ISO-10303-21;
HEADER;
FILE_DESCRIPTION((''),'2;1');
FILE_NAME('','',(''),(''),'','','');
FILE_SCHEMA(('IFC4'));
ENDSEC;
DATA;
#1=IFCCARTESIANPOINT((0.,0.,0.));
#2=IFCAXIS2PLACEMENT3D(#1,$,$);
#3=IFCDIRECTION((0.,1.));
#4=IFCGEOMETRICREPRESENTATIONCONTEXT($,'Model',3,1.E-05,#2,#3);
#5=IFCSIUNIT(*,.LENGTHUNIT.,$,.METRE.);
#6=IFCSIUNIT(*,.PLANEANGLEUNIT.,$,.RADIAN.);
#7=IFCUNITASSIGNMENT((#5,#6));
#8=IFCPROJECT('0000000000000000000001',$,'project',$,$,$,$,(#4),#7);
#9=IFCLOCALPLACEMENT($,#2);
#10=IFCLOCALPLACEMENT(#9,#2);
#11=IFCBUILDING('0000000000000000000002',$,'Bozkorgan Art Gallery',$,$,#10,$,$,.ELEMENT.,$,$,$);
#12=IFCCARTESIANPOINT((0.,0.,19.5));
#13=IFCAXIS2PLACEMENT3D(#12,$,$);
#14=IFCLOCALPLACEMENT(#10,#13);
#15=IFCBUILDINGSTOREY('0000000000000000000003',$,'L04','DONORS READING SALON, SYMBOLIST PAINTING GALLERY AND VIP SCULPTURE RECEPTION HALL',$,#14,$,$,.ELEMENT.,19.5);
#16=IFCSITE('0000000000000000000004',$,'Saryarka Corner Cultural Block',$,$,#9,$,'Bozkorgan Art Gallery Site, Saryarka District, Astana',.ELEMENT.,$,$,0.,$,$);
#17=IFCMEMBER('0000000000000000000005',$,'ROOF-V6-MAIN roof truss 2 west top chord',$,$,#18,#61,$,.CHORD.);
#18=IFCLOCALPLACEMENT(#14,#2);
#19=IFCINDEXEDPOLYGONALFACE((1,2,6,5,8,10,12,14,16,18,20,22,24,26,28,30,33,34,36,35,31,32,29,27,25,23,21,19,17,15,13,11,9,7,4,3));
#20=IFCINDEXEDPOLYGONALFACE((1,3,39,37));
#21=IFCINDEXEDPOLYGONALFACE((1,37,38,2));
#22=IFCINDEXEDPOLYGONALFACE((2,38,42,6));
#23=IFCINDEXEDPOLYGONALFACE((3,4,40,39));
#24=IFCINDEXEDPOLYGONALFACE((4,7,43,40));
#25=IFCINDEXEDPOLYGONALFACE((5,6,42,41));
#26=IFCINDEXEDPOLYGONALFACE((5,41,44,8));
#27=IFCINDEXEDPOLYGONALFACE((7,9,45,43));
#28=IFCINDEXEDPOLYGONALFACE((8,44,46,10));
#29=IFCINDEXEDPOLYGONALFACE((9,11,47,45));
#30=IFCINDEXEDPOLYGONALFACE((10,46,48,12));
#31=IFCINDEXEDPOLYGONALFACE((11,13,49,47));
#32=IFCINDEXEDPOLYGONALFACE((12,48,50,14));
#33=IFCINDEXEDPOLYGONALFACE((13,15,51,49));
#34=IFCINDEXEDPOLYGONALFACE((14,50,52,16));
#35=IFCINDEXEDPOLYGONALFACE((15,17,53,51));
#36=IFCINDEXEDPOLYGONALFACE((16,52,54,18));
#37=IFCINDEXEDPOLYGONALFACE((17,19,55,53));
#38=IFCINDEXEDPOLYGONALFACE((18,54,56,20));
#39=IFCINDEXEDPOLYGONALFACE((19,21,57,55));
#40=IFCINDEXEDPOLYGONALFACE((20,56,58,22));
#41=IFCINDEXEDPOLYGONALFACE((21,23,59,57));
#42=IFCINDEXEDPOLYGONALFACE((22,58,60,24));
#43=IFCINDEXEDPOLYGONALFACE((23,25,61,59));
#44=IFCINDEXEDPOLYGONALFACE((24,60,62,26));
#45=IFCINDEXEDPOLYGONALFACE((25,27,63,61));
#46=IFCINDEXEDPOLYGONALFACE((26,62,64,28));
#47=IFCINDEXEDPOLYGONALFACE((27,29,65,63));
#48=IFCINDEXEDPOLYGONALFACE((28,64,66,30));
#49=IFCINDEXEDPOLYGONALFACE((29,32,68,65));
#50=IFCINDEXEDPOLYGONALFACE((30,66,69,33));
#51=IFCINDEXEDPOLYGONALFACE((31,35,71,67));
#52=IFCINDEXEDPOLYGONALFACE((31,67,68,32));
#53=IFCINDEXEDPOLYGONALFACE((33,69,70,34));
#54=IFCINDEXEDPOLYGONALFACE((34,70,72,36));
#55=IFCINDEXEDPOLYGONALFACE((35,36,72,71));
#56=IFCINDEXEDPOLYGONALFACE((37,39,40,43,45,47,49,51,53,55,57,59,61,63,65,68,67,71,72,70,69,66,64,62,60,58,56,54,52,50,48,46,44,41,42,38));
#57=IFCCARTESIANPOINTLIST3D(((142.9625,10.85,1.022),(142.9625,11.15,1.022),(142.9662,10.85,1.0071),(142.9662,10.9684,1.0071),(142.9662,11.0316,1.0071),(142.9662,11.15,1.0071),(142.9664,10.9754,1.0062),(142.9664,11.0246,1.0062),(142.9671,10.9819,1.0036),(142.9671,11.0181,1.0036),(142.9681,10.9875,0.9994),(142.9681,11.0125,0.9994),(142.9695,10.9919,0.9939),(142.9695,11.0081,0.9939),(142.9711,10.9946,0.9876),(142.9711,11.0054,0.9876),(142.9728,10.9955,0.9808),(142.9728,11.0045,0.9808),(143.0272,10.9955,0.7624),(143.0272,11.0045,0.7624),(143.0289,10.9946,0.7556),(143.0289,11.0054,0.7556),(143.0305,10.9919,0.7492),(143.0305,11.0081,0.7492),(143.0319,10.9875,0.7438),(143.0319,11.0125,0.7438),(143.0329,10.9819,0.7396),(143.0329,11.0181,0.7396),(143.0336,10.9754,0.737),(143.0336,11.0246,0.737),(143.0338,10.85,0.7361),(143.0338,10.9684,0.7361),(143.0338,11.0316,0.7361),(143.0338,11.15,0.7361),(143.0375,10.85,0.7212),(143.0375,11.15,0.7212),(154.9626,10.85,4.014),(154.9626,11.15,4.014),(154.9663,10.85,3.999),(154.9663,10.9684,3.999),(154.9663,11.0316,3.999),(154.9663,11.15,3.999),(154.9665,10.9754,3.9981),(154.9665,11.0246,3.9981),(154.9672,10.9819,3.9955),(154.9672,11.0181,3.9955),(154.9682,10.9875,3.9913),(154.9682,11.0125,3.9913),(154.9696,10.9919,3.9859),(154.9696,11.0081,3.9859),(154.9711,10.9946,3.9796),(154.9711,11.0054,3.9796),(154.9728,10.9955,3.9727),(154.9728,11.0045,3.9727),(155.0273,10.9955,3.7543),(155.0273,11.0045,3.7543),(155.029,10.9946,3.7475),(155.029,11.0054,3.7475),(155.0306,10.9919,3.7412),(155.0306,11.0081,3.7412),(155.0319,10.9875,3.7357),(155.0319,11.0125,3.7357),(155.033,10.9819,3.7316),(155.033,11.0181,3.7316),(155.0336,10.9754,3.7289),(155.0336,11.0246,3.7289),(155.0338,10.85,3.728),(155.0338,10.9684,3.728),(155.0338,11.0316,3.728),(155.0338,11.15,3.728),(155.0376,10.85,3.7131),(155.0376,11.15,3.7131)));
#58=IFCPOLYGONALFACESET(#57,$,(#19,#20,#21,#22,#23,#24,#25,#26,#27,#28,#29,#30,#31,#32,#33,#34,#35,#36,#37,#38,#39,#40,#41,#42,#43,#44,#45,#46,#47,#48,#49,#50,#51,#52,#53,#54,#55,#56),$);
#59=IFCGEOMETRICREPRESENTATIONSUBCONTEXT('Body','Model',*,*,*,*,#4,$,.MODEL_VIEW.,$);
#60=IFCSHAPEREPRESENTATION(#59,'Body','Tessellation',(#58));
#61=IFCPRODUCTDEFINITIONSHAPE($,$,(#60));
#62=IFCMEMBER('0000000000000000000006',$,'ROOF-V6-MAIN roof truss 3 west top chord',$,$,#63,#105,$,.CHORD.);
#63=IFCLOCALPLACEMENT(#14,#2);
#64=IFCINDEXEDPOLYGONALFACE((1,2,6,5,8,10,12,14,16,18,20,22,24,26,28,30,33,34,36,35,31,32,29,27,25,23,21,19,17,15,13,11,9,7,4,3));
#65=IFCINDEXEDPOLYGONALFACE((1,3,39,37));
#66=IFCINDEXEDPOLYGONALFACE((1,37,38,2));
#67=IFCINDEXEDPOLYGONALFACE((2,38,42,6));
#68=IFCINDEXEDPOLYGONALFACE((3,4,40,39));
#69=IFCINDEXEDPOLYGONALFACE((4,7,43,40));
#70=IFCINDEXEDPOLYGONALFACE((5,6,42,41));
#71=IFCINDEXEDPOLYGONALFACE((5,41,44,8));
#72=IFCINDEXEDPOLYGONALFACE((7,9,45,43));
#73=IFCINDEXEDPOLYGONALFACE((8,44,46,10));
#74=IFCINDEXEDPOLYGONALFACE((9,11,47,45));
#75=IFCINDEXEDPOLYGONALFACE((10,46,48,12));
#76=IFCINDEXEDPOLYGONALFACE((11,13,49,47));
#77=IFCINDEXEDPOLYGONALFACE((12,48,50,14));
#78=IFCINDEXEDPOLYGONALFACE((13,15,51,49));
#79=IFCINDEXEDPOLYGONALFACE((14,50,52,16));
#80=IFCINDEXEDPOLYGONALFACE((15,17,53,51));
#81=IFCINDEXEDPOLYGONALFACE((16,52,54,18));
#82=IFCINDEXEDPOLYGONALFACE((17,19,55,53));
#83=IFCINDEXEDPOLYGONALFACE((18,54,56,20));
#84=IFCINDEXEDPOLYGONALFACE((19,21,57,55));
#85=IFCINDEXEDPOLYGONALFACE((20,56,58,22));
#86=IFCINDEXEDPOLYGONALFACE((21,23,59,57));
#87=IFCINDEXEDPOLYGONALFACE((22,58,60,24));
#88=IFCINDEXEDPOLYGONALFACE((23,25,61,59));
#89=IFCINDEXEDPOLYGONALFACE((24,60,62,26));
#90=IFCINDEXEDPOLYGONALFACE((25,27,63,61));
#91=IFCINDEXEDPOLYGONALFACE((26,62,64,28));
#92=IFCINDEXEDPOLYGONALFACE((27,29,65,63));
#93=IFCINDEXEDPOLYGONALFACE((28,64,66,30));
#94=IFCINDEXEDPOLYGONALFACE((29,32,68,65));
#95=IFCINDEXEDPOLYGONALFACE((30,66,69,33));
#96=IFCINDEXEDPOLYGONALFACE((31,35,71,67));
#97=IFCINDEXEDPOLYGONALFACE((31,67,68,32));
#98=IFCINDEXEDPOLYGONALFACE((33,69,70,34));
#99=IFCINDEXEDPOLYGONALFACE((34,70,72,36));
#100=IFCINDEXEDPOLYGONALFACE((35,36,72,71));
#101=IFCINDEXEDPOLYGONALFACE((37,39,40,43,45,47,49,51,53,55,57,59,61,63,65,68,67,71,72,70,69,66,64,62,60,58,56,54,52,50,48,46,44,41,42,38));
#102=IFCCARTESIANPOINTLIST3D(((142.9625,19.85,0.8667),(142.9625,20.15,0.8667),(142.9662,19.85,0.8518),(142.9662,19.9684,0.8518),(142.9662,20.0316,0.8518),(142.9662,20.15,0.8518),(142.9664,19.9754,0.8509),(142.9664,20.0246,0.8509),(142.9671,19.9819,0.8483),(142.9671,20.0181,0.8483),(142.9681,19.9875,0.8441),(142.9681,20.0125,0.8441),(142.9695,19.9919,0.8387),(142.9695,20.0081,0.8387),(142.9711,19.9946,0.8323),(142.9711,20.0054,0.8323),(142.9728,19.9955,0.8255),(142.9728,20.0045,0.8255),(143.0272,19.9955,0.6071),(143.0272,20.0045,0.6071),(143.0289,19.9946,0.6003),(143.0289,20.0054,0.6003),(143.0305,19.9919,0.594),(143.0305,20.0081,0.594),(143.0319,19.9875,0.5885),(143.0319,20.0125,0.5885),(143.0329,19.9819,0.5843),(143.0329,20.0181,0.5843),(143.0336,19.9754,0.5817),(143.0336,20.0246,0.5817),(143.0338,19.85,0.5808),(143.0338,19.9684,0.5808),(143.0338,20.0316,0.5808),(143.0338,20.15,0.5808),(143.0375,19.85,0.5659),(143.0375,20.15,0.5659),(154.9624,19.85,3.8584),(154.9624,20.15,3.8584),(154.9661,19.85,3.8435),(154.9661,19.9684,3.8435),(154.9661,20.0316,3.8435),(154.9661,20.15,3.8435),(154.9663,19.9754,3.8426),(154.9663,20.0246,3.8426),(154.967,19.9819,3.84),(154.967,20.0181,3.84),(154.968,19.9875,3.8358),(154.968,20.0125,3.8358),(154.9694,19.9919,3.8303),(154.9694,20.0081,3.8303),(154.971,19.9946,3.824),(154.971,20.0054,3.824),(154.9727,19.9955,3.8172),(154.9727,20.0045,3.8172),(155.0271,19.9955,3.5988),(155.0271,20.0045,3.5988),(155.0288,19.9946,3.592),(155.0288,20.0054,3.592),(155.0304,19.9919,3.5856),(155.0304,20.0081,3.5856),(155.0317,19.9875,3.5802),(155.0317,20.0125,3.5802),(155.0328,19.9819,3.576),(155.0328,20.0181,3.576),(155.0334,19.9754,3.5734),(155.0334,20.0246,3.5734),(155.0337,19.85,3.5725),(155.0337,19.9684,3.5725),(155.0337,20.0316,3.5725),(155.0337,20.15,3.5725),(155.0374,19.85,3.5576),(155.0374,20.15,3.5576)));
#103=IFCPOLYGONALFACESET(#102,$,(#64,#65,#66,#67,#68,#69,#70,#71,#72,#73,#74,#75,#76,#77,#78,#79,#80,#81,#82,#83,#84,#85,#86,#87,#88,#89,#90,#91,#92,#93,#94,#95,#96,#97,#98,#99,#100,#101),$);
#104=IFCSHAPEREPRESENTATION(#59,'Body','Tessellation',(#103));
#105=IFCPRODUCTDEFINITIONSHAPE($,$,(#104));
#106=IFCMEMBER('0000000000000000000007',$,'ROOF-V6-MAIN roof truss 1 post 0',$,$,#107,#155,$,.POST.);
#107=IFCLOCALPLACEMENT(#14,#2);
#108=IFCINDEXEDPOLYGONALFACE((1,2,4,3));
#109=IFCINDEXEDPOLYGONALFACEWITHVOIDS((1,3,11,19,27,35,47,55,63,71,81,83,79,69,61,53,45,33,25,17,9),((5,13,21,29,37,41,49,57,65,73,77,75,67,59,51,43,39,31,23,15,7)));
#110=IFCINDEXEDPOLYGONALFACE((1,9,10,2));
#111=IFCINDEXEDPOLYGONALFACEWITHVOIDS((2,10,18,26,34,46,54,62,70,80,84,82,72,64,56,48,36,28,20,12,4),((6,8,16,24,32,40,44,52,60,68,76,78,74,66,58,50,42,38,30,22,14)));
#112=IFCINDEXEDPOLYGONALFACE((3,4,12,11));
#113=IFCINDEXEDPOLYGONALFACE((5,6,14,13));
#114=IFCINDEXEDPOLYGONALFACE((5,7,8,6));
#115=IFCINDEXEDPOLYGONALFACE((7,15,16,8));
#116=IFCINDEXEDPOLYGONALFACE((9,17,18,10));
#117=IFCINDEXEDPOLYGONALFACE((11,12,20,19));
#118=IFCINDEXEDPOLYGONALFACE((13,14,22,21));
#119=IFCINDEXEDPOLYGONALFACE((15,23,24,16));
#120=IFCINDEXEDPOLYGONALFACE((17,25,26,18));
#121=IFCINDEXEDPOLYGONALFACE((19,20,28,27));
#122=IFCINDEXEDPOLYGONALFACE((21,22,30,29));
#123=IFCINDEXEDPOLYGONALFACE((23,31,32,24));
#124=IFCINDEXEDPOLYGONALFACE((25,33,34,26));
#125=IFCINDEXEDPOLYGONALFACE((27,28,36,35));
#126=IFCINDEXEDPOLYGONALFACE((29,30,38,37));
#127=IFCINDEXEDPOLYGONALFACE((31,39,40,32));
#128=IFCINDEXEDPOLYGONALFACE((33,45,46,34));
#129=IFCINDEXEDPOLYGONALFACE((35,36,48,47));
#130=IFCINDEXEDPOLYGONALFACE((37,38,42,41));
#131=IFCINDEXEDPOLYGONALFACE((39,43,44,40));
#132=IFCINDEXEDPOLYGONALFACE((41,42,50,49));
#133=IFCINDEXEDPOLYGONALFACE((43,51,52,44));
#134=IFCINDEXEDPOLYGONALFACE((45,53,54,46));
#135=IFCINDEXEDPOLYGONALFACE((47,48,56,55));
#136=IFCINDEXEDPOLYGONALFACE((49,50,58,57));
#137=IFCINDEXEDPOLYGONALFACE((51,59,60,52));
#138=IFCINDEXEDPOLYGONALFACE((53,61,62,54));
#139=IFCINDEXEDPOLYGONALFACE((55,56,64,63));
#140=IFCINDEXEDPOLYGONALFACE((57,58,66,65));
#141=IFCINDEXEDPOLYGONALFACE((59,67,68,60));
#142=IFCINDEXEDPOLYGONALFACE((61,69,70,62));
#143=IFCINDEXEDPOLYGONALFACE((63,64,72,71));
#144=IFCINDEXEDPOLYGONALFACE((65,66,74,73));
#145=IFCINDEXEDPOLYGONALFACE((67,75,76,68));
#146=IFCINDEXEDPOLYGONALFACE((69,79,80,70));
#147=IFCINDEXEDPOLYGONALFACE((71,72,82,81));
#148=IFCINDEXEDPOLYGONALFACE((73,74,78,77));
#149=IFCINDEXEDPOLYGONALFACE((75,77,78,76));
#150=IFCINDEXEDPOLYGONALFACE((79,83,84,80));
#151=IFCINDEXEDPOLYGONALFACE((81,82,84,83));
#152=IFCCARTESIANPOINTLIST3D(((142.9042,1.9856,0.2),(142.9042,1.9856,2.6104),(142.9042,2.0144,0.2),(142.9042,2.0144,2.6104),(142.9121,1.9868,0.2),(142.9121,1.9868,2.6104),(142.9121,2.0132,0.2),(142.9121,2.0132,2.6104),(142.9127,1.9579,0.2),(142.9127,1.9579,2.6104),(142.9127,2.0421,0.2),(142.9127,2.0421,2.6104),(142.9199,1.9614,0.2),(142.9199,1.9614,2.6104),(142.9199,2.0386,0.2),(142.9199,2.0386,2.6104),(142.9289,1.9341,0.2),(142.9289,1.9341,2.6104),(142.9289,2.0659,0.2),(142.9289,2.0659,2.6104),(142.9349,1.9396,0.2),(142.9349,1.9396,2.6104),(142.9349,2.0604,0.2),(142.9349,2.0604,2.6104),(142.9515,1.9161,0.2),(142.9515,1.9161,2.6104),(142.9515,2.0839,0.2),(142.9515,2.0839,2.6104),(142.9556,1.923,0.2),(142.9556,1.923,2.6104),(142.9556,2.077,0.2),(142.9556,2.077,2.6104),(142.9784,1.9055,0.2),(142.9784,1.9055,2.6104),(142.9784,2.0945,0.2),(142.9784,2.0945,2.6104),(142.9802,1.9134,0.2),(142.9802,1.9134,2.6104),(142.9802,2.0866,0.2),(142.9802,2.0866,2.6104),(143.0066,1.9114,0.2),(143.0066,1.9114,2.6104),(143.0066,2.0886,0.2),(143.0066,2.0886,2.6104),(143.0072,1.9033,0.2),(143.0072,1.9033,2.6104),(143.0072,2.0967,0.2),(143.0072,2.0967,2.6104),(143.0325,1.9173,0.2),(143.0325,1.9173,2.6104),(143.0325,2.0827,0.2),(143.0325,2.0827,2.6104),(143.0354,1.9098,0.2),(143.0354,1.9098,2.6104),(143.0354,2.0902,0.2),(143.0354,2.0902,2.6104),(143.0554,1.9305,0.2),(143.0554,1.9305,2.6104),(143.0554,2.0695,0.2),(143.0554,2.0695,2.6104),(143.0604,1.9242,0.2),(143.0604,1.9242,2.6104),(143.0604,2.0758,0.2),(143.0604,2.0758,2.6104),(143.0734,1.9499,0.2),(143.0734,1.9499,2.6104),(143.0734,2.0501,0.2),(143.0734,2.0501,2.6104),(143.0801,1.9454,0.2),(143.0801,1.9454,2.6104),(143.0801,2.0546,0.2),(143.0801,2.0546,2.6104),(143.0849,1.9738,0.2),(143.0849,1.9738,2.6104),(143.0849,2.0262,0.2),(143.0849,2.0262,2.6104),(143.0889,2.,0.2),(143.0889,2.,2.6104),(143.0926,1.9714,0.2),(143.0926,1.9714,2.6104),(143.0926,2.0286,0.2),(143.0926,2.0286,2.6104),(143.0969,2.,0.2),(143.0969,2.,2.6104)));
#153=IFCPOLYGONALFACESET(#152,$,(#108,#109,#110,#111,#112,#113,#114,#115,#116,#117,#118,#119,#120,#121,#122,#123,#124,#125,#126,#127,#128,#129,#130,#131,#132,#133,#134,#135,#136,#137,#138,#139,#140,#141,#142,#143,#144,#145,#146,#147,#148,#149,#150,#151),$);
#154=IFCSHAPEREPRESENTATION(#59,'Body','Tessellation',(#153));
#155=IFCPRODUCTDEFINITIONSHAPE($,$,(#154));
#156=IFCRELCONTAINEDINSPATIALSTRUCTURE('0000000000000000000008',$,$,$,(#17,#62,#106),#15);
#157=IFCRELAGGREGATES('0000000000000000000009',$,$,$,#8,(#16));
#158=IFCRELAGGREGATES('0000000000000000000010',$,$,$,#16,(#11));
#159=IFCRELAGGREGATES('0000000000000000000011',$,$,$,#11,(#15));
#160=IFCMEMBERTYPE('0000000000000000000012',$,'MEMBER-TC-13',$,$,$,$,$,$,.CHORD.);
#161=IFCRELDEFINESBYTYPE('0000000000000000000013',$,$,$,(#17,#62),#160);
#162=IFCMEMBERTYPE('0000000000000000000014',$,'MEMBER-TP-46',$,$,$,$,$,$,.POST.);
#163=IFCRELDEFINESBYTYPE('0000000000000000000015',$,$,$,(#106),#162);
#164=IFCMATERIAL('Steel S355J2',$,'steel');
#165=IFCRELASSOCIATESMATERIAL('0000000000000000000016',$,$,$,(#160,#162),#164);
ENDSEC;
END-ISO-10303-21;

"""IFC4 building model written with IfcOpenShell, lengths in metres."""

from ifc_helpers import new_model, si_unit, direction, frame, origin, origin_2d, place, context, subcontext, project, spatial, hollow_circle, i_section, extrude, material, material_profile, profile_set, type_object, element, save


model = new_model("IFC4")

# Units and contexts
model_context = context("Model", 3, precision=1e-05, world=origin(), true_north=direction((0.0, 1.0)))
body_context = subcontext(model_context, "Body", "Model", "MODEL_VIEW")
ifc_project = project(units=[si_unit("LENGTHUNIT", "METRE"), si_unit("PLANEANGLEUNIT", "RADIAN")], contexts=[model_context])

# Site, building, storey
site_placement = place(None, origin())
site = spatial("IfcSite", under=ifc_project, at=site_placement, Name="Saryarka Corner Cultural Block", LongName="Bozkorgan Art Gallery Site, Saryarka District, Astana", CompositionType="ELEMENT", RefElevation=0.0)
building_placement = place(site_placement, origin())
building = spatial("IfcBuilding", under=site, at=building_placement, Name="Bozkorgan Art Gallery", CompositionType="ELEMENT")
storey_placement = place(building_placement, frame((0.0, 0.0, 19.5)))
storey = spatial("IfcBuildingStorey", under=building, at=storey_placement, Name="L04", Description="DONORS READING SALON, SYMBOLIST PAINTING GALLERY AND VIP SCULPTURE RECEPTION HALL", CompositionType="ELEMENT", Elevation=19.5)

# Shared definitions
ifc_material_1 = material(Name="Steel S355J2", Category="steel")

# Members
ifc_material_profile_1 = material_profile(ifc_material_1, i_section(OverallWidth=0.3, OverallDepth=0.3101, WebThickness=0.009, FlangeThickness=0.0154, FilletRadius=0.0271, at=origin_2d()), Name="HEA 320")
ifc_profile_set_1 = profile_set([ifc_material_profile_1], Name="Steel S355J2")
member_type_1 = type_object("IfcMemberType", Name="MEMBER-TC-13", PredefinedType="CHORD", material=ifc_profile_set_1)
for number, where, z_axis, x_axis, name in (
    (1, (143.0, 11.0, 0.8716), (0.970296, 0.0, 0.241922), (0.0, 1.0, 0.0), "ROOF-V6-MAIN roof truss 2 west top chord"),
):
    element("IfcMember", number, at=place(storey_placement, frame(where, z_axis=z_axis, x_axis=x_axis)), inside=storey, type_object=member_type_1, Name=name, PredefinedType="CHORD", context=body_context, shape_type="SweptSolid", body=[
        extrude(i_section(OverallWidth=0.3, OverallDepth=0.3101, WebThickness=0.009, FlangeThickness=0.0154, FilletRadius=0.0271, at=origin_2d()), origin(), (0.0, 0.0, 1.0), 12.3674),
    ])
member_1_placement = place(storey_placement, frame((143.0, 20.0, 0.7163), z_axis=(0.9703, 0.0, 0.241904), x_axis=(0.0, 1.0, 0.0)))
element("IfcMember", 2, at=member_1_placement, inside=storey, type_object=member_type_1, Name="ROOF-V6-MAIN roof truss 3 west top chord", PredefinedType="CHORD", context=body_context, shape_type="SweptSolid", body=[
    extrude(i_section(OverallWidth=0.3, OverallDepth=0.3101, WebThickness=0.009, FlangeThickness=0.0154, FilletRadius=0.0271, at=origin_2d()), origin(), (0.0, 0.0, 1.0), 12.3672),
])
ifc_material_profile_2 = material_profile(ifc_material_1, hollow_circle(Radius=0.0969, WallThickness=0.0081, at=origin_2d()), Name="CHS 193.7x8")
ifc_profile_set_2 = profile_set([ifc_material_profile_2], Name="Steel S355J2")
member_type_2 = type_object("IfcMemberType", Name="MEMBER-TP-46", PredefinedType="POST", material=ifc_profile_set_2)
member_2_placement = place(storey_placement, frame((143.0, 2.0, 0.2), z_axis=(0.0, 0.0, 1.0), x_axis=(1.0, 0.0, 0.0)))
element("IfcMember", 3, at=member_2_placement, inside=storey, type_object=member_type_2, Name="ROOF-V6-MAIN roof truss 1 post 0", PredefinedType="POST", context=body_context, shape_type="SweptSolid", body=[
    extrude(hollow_circle(Radius=0.0969, WallThickness=0.0081, at=origin_2d()), origin(), (0.0, 0.0, 1.0), 2.4104),
])

save(model, "model.ifc")
